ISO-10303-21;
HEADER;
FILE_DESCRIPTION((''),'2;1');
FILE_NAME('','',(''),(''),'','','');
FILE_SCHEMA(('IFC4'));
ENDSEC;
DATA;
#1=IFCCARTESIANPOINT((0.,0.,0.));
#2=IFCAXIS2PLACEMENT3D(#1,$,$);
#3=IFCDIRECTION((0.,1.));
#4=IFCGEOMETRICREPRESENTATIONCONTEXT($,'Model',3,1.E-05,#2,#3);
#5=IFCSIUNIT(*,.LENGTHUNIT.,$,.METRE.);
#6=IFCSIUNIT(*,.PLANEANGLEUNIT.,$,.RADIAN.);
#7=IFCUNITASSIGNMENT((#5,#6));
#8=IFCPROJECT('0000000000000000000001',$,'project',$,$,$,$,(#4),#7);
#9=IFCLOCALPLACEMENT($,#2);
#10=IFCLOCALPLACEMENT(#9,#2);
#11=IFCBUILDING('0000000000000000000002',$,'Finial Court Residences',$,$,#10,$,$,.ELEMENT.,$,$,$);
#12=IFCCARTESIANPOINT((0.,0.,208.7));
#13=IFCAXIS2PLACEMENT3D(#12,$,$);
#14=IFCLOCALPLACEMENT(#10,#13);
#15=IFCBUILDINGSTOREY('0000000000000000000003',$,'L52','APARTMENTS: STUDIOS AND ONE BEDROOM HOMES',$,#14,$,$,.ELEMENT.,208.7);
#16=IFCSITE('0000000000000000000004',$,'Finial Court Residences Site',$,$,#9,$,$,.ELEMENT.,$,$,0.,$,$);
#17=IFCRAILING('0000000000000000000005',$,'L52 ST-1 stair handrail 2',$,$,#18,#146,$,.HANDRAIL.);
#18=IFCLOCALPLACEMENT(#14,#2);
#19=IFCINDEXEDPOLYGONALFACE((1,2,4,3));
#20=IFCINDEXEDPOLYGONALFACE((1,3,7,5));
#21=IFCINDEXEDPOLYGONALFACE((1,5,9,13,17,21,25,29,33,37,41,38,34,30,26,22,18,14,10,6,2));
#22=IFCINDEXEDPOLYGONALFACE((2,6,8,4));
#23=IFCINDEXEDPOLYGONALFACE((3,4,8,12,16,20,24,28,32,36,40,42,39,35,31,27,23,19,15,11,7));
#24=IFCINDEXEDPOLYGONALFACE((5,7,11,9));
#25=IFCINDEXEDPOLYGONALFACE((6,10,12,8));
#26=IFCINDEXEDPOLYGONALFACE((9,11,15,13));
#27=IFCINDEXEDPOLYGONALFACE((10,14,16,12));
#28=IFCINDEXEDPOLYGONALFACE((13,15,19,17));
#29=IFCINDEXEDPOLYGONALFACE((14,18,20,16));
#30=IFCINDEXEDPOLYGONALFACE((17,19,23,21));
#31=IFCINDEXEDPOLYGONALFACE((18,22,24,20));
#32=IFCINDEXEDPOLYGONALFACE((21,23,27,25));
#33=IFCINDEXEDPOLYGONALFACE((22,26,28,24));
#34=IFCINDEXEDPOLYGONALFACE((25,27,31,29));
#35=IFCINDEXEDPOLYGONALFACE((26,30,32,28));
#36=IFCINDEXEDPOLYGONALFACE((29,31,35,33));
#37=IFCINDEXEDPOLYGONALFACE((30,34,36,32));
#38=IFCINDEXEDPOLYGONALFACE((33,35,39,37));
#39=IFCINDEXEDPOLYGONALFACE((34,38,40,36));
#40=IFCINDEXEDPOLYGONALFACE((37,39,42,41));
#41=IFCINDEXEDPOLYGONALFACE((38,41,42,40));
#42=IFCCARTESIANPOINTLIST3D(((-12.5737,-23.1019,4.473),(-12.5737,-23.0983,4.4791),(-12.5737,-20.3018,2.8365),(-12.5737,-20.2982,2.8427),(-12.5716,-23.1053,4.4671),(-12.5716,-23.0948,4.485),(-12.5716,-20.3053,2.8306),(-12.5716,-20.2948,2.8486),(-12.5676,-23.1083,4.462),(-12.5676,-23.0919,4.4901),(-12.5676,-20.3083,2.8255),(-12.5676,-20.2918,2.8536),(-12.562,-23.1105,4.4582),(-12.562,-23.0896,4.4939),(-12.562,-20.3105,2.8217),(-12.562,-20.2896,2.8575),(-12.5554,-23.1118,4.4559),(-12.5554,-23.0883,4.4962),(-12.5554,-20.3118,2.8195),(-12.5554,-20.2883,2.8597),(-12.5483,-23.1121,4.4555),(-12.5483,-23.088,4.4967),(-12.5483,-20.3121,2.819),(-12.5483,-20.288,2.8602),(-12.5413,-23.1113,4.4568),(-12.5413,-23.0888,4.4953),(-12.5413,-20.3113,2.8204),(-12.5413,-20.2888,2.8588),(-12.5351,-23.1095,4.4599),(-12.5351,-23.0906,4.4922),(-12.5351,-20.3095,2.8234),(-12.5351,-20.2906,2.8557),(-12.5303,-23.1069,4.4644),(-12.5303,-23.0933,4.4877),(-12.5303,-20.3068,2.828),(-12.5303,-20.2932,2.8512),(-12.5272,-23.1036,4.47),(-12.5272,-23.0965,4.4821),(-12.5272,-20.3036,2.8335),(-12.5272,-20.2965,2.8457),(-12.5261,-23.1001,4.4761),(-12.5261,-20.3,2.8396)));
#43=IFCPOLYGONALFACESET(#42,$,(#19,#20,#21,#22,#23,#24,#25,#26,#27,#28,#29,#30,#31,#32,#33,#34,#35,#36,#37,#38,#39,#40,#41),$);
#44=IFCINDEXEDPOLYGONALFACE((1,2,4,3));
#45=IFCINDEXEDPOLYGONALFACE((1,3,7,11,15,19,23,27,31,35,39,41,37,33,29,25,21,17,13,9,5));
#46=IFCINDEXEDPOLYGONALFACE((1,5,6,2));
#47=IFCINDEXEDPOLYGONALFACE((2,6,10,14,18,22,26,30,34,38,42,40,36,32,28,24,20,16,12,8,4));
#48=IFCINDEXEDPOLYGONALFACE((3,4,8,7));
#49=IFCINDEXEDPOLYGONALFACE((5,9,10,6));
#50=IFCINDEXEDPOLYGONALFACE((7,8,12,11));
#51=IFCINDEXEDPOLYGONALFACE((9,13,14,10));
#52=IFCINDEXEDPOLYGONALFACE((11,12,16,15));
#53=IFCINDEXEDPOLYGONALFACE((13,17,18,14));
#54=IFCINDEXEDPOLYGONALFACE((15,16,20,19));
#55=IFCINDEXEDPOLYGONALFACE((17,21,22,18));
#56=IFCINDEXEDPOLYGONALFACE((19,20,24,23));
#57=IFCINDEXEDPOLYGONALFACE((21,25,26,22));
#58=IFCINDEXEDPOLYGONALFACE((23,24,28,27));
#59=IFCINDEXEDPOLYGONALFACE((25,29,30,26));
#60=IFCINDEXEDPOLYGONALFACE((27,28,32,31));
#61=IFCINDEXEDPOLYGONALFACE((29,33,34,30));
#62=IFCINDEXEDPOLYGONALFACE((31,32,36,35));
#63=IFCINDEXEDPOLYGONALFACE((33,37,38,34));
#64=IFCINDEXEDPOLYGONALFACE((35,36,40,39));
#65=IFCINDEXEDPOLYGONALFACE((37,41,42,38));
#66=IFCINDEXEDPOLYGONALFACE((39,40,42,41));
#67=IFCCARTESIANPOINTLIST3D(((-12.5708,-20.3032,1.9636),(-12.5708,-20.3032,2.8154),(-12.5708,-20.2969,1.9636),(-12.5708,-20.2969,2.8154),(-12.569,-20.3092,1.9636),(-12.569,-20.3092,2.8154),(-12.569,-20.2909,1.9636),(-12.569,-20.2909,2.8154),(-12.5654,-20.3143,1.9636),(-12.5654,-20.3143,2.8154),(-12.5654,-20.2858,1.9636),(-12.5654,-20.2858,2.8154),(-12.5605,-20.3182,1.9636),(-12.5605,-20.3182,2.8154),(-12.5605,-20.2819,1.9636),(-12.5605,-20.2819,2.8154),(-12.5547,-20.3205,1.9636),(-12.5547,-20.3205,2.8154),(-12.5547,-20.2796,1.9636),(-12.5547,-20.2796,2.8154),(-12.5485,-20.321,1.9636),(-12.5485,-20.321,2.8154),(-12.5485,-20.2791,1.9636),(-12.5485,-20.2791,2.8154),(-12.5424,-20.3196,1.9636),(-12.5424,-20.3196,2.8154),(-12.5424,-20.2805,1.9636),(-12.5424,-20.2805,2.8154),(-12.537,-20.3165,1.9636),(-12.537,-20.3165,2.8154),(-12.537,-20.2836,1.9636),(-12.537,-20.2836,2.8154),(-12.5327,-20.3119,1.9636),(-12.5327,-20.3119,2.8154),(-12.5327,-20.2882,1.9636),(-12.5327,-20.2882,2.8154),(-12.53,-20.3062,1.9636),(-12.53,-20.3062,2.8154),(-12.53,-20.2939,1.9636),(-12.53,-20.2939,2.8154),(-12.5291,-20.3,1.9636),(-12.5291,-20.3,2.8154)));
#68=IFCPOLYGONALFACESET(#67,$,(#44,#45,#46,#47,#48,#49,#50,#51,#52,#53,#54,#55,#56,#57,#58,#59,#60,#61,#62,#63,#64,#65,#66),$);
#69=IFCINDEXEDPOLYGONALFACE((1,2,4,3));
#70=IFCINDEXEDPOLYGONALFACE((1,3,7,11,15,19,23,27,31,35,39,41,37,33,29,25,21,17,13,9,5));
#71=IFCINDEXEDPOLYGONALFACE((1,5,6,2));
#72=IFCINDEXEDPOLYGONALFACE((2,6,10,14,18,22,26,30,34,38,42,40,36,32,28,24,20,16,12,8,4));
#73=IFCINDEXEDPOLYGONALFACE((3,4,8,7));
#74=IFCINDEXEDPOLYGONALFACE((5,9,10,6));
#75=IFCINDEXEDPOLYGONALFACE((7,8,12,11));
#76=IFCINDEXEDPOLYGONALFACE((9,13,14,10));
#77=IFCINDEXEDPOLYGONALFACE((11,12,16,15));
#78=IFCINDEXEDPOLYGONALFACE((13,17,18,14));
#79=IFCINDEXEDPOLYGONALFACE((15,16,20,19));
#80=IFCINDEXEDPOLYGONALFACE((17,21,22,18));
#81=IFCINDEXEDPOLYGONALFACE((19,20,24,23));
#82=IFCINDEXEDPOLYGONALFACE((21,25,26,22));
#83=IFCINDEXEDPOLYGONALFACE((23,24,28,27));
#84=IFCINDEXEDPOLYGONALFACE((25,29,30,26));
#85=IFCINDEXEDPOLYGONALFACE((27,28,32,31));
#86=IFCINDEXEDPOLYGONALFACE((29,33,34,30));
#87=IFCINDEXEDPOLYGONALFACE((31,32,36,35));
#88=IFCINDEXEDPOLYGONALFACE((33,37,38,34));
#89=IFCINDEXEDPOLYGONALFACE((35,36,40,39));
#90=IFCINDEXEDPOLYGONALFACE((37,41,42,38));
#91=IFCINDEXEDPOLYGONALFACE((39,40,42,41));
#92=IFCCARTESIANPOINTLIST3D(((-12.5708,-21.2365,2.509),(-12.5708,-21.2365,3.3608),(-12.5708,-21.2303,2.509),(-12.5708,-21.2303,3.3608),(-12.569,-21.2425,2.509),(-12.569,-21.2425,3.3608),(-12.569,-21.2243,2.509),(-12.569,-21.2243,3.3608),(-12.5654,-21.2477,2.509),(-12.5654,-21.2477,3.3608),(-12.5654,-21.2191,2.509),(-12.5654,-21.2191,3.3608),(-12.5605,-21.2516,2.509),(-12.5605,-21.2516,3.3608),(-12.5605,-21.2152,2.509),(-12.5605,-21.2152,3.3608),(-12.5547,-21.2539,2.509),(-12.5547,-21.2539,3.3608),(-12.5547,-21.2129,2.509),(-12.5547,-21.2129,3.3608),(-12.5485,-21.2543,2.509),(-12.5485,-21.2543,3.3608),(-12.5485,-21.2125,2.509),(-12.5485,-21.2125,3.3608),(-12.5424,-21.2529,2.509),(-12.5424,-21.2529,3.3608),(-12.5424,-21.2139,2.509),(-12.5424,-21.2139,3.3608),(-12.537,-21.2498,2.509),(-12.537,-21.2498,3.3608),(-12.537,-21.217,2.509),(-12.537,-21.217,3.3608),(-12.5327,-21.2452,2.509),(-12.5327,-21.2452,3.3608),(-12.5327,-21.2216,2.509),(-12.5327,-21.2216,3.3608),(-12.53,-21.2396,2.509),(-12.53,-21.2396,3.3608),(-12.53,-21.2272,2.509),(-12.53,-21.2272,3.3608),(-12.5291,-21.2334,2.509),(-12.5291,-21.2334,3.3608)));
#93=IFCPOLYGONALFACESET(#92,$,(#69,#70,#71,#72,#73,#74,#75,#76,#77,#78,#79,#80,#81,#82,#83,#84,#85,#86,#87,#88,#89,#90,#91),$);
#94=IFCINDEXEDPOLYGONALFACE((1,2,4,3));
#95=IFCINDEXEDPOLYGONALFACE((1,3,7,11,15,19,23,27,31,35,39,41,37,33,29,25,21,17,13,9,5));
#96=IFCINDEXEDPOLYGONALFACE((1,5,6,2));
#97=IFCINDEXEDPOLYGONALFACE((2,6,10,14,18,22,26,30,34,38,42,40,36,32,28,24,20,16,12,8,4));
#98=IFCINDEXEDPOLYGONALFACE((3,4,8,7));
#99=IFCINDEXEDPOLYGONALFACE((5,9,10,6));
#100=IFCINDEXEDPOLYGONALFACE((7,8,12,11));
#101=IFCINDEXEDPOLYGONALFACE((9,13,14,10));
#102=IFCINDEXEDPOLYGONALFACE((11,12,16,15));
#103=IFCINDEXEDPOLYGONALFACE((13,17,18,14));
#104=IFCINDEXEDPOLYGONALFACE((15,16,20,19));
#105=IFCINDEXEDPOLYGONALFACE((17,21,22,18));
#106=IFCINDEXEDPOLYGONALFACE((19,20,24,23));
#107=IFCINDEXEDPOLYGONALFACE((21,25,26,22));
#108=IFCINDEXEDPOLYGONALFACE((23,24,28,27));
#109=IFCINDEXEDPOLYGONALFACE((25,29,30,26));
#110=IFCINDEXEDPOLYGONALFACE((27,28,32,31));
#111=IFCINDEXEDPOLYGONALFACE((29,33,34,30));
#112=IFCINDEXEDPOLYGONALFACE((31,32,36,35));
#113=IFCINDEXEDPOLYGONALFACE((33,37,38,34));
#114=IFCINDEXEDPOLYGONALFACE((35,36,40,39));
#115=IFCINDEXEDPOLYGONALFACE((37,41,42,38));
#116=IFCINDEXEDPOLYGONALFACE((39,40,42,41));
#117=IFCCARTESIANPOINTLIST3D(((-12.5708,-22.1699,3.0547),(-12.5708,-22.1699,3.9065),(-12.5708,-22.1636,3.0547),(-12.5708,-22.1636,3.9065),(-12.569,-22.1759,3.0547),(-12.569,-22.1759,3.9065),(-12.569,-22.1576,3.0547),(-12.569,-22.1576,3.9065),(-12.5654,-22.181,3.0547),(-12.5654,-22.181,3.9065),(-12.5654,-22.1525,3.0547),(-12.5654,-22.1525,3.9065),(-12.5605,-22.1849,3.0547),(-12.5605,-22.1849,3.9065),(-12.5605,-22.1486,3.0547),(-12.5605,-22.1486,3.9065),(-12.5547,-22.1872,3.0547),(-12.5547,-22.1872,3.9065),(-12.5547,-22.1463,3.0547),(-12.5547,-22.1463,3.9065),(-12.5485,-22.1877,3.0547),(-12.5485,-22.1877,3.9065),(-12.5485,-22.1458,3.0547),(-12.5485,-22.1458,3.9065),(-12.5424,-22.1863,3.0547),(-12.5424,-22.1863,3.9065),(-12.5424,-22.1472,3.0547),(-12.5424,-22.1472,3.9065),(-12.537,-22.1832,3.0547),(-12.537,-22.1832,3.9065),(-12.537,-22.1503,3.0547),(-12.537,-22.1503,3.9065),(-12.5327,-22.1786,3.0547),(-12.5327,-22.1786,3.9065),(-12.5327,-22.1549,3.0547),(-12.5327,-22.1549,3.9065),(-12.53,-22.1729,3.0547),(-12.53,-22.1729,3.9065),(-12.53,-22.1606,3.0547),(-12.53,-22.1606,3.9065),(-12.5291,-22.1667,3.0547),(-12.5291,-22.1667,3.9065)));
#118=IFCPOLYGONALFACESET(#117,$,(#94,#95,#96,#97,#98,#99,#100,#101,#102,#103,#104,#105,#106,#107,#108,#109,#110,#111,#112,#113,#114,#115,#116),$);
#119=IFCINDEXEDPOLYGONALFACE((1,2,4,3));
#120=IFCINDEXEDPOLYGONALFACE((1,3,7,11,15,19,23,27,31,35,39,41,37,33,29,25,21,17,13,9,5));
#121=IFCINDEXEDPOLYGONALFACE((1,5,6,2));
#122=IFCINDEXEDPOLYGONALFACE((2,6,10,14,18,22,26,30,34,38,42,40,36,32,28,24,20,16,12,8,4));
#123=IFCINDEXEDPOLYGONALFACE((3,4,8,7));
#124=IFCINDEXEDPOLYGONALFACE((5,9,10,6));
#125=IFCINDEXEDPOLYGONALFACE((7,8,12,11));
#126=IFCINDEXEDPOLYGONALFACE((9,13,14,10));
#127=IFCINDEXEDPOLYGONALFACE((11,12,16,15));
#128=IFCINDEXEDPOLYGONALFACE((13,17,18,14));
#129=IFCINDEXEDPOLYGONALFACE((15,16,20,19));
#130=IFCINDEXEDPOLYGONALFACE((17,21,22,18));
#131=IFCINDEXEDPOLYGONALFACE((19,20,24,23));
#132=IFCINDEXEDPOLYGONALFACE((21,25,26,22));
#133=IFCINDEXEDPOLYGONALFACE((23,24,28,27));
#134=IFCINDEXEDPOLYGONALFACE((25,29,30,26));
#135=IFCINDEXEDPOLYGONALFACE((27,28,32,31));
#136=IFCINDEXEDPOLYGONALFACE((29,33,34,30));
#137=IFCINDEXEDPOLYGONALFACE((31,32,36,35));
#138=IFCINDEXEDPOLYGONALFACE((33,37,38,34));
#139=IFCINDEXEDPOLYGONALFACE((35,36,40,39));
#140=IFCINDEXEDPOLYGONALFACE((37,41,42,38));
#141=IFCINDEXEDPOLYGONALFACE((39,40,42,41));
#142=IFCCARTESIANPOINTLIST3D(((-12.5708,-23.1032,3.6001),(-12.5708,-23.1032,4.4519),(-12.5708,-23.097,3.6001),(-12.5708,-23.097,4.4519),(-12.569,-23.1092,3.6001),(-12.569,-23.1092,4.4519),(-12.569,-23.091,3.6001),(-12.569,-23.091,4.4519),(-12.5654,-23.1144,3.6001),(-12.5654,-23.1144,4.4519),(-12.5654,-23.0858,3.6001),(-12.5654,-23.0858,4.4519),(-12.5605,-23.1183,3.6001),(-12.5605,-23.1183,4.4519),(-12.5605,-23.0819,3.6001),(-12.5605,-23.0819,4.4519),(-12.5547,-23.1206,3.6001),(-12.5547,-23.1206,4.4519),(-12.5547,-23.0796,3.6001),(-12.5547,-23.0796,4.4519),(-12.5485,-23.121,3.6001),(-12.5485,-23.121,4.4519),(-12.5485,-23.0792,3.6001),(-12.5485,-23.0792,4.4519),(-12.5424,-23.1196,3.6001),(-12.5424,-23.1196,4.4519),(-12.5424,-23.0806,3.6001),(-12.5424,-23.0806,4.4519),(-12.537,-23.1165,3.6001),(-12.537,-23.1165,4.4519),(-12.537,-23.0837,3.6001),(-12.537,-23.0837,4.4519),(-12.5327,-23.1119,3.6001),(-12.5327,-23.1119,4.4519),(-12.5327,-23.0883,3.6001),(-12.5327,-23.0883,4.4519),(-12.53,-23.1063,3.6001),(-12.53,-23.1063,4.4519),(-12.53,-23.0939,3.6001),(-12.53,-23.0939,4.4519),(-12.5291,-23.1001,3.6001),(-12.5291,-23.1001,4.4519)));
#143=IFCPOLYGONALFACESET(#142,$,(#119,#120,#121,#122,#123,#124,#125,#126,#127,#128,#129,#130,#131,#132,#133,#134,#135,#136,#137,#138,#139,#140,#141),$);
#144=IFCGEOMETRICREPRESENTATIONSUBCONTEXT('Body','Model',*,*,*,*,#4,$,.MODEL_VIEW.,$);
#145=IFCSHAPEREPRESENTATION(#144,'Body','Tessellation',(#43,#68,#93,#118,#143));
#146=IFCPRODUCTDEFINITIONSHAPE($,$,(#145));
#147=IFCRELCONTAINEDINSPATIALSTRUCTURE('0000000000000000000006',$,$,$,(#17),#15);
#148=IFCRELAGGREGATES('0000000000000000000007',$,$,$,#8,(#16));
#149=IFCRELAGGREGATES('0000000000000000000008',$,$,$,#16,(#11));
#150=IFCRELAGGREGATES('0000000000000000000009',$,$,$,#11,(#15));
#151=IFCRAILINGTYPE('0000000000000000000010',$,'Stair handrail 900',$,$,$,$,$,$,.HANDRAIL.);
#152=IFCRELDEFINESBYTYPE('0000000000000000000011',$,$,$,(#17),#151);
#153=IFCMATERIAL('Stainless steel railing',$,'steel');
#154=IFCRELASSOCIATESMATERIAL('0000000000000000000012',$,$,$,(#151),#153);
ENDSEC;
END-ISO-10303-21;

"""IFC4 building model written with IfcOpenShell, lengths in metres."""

from ifc_helpers import new_model, si_unit, direction, frame, origin, origin_2d, place, context, subcontext, project, spatial, circle, extrude, material, type_object, element, save


model = new_model("IFC4")

# Units and contexts
model_context = context("Model", 3, precision=1e-05, world=origin(), true_north=direction((0.0, 1.0)))
body_context = subcontext(model_context, "Body", "Model", "MODEL_VIEW")
ifc_project = project(units=[si_unit("LENGTHUNIT", "METRE"), si_unit("PLANEANGLEUNIT", "RADIAN")], contexts=[model_context])

# Site, building, storey
site_placement = place(None, origin())
site = spatial("IfcSite", under=ifc_project, at=site_placement, Name="Finial Court Residences Site", CompositionType="ELEMENT", RefElevation=0.0)
building_placement = place(site_placement, origin())
building = spatial("IfcBuilding", under=site, at=building_placement, Name="Finial Court Residences", CompositionType="ELEMENT")
storey_placement = place(building_placement, frame((0.0, 0.0, 208.7)))
storey = spatial("IfcBuildingStorey", under=building, at=storey_placement, Name="L52", Description="APARTMENTS: STUDIOS AND ONE BEDROOM HOMES", CompositionType="ELEMENT", Elevation=208.7)

# Railing
ifc_material_1 = material(Name="Stainless steel railing", Category="steel")
railing_type_1 = type_object("IfcRailingType", Name="Stair handrail 900", PredefinedType="HANDRAIL", material=ifc_material_1)
railing_1_placement = place(storey_placement, frame((-12.55, -20.3, 1.9636)))
element("IfcRailing", 1, at=railing_1_placement, inside=storey, type_object=railing_type_1, Name="L52 ST-1 stair handrail 2", PredefinedType="HANDRAIL", context=body_context, shape_type="SweptSolid", body=[
    extrude(circle(Radius=0.0239, at=origin_2d()), frame((0.0, 0.0, 0.876), z_axis=(0.0, -0.863361, 0.504587), x_axis=(1.0, 0.0, 0.0)), (0.0, 0.0, 1.0), 3.2432),
    extrude(circle(Radius=0.021, at=origin_2d()), origin(), (0.0, 0.0, 1.0), 0.8518),
    extrude(circle(Radius=0.021, at=origin_2d()), frame((0.0, -0.9333, 0.5454)), (0.0, 0.0, 1.0), 0.8518),
    extrude(circle(Radius=0.021, at=origin_2d()), frame((0.0, -1.8667, 1.0911)), (0.0, 0.0, 1.0), 0.8518),
    extrude(circle(Radius=0.021, at=origin_2d()), frame((0.0, -2.8, 1.6365)), (0.0, 0.0, 1.0), 0.8518),
])

save(model, "model.ifc")
